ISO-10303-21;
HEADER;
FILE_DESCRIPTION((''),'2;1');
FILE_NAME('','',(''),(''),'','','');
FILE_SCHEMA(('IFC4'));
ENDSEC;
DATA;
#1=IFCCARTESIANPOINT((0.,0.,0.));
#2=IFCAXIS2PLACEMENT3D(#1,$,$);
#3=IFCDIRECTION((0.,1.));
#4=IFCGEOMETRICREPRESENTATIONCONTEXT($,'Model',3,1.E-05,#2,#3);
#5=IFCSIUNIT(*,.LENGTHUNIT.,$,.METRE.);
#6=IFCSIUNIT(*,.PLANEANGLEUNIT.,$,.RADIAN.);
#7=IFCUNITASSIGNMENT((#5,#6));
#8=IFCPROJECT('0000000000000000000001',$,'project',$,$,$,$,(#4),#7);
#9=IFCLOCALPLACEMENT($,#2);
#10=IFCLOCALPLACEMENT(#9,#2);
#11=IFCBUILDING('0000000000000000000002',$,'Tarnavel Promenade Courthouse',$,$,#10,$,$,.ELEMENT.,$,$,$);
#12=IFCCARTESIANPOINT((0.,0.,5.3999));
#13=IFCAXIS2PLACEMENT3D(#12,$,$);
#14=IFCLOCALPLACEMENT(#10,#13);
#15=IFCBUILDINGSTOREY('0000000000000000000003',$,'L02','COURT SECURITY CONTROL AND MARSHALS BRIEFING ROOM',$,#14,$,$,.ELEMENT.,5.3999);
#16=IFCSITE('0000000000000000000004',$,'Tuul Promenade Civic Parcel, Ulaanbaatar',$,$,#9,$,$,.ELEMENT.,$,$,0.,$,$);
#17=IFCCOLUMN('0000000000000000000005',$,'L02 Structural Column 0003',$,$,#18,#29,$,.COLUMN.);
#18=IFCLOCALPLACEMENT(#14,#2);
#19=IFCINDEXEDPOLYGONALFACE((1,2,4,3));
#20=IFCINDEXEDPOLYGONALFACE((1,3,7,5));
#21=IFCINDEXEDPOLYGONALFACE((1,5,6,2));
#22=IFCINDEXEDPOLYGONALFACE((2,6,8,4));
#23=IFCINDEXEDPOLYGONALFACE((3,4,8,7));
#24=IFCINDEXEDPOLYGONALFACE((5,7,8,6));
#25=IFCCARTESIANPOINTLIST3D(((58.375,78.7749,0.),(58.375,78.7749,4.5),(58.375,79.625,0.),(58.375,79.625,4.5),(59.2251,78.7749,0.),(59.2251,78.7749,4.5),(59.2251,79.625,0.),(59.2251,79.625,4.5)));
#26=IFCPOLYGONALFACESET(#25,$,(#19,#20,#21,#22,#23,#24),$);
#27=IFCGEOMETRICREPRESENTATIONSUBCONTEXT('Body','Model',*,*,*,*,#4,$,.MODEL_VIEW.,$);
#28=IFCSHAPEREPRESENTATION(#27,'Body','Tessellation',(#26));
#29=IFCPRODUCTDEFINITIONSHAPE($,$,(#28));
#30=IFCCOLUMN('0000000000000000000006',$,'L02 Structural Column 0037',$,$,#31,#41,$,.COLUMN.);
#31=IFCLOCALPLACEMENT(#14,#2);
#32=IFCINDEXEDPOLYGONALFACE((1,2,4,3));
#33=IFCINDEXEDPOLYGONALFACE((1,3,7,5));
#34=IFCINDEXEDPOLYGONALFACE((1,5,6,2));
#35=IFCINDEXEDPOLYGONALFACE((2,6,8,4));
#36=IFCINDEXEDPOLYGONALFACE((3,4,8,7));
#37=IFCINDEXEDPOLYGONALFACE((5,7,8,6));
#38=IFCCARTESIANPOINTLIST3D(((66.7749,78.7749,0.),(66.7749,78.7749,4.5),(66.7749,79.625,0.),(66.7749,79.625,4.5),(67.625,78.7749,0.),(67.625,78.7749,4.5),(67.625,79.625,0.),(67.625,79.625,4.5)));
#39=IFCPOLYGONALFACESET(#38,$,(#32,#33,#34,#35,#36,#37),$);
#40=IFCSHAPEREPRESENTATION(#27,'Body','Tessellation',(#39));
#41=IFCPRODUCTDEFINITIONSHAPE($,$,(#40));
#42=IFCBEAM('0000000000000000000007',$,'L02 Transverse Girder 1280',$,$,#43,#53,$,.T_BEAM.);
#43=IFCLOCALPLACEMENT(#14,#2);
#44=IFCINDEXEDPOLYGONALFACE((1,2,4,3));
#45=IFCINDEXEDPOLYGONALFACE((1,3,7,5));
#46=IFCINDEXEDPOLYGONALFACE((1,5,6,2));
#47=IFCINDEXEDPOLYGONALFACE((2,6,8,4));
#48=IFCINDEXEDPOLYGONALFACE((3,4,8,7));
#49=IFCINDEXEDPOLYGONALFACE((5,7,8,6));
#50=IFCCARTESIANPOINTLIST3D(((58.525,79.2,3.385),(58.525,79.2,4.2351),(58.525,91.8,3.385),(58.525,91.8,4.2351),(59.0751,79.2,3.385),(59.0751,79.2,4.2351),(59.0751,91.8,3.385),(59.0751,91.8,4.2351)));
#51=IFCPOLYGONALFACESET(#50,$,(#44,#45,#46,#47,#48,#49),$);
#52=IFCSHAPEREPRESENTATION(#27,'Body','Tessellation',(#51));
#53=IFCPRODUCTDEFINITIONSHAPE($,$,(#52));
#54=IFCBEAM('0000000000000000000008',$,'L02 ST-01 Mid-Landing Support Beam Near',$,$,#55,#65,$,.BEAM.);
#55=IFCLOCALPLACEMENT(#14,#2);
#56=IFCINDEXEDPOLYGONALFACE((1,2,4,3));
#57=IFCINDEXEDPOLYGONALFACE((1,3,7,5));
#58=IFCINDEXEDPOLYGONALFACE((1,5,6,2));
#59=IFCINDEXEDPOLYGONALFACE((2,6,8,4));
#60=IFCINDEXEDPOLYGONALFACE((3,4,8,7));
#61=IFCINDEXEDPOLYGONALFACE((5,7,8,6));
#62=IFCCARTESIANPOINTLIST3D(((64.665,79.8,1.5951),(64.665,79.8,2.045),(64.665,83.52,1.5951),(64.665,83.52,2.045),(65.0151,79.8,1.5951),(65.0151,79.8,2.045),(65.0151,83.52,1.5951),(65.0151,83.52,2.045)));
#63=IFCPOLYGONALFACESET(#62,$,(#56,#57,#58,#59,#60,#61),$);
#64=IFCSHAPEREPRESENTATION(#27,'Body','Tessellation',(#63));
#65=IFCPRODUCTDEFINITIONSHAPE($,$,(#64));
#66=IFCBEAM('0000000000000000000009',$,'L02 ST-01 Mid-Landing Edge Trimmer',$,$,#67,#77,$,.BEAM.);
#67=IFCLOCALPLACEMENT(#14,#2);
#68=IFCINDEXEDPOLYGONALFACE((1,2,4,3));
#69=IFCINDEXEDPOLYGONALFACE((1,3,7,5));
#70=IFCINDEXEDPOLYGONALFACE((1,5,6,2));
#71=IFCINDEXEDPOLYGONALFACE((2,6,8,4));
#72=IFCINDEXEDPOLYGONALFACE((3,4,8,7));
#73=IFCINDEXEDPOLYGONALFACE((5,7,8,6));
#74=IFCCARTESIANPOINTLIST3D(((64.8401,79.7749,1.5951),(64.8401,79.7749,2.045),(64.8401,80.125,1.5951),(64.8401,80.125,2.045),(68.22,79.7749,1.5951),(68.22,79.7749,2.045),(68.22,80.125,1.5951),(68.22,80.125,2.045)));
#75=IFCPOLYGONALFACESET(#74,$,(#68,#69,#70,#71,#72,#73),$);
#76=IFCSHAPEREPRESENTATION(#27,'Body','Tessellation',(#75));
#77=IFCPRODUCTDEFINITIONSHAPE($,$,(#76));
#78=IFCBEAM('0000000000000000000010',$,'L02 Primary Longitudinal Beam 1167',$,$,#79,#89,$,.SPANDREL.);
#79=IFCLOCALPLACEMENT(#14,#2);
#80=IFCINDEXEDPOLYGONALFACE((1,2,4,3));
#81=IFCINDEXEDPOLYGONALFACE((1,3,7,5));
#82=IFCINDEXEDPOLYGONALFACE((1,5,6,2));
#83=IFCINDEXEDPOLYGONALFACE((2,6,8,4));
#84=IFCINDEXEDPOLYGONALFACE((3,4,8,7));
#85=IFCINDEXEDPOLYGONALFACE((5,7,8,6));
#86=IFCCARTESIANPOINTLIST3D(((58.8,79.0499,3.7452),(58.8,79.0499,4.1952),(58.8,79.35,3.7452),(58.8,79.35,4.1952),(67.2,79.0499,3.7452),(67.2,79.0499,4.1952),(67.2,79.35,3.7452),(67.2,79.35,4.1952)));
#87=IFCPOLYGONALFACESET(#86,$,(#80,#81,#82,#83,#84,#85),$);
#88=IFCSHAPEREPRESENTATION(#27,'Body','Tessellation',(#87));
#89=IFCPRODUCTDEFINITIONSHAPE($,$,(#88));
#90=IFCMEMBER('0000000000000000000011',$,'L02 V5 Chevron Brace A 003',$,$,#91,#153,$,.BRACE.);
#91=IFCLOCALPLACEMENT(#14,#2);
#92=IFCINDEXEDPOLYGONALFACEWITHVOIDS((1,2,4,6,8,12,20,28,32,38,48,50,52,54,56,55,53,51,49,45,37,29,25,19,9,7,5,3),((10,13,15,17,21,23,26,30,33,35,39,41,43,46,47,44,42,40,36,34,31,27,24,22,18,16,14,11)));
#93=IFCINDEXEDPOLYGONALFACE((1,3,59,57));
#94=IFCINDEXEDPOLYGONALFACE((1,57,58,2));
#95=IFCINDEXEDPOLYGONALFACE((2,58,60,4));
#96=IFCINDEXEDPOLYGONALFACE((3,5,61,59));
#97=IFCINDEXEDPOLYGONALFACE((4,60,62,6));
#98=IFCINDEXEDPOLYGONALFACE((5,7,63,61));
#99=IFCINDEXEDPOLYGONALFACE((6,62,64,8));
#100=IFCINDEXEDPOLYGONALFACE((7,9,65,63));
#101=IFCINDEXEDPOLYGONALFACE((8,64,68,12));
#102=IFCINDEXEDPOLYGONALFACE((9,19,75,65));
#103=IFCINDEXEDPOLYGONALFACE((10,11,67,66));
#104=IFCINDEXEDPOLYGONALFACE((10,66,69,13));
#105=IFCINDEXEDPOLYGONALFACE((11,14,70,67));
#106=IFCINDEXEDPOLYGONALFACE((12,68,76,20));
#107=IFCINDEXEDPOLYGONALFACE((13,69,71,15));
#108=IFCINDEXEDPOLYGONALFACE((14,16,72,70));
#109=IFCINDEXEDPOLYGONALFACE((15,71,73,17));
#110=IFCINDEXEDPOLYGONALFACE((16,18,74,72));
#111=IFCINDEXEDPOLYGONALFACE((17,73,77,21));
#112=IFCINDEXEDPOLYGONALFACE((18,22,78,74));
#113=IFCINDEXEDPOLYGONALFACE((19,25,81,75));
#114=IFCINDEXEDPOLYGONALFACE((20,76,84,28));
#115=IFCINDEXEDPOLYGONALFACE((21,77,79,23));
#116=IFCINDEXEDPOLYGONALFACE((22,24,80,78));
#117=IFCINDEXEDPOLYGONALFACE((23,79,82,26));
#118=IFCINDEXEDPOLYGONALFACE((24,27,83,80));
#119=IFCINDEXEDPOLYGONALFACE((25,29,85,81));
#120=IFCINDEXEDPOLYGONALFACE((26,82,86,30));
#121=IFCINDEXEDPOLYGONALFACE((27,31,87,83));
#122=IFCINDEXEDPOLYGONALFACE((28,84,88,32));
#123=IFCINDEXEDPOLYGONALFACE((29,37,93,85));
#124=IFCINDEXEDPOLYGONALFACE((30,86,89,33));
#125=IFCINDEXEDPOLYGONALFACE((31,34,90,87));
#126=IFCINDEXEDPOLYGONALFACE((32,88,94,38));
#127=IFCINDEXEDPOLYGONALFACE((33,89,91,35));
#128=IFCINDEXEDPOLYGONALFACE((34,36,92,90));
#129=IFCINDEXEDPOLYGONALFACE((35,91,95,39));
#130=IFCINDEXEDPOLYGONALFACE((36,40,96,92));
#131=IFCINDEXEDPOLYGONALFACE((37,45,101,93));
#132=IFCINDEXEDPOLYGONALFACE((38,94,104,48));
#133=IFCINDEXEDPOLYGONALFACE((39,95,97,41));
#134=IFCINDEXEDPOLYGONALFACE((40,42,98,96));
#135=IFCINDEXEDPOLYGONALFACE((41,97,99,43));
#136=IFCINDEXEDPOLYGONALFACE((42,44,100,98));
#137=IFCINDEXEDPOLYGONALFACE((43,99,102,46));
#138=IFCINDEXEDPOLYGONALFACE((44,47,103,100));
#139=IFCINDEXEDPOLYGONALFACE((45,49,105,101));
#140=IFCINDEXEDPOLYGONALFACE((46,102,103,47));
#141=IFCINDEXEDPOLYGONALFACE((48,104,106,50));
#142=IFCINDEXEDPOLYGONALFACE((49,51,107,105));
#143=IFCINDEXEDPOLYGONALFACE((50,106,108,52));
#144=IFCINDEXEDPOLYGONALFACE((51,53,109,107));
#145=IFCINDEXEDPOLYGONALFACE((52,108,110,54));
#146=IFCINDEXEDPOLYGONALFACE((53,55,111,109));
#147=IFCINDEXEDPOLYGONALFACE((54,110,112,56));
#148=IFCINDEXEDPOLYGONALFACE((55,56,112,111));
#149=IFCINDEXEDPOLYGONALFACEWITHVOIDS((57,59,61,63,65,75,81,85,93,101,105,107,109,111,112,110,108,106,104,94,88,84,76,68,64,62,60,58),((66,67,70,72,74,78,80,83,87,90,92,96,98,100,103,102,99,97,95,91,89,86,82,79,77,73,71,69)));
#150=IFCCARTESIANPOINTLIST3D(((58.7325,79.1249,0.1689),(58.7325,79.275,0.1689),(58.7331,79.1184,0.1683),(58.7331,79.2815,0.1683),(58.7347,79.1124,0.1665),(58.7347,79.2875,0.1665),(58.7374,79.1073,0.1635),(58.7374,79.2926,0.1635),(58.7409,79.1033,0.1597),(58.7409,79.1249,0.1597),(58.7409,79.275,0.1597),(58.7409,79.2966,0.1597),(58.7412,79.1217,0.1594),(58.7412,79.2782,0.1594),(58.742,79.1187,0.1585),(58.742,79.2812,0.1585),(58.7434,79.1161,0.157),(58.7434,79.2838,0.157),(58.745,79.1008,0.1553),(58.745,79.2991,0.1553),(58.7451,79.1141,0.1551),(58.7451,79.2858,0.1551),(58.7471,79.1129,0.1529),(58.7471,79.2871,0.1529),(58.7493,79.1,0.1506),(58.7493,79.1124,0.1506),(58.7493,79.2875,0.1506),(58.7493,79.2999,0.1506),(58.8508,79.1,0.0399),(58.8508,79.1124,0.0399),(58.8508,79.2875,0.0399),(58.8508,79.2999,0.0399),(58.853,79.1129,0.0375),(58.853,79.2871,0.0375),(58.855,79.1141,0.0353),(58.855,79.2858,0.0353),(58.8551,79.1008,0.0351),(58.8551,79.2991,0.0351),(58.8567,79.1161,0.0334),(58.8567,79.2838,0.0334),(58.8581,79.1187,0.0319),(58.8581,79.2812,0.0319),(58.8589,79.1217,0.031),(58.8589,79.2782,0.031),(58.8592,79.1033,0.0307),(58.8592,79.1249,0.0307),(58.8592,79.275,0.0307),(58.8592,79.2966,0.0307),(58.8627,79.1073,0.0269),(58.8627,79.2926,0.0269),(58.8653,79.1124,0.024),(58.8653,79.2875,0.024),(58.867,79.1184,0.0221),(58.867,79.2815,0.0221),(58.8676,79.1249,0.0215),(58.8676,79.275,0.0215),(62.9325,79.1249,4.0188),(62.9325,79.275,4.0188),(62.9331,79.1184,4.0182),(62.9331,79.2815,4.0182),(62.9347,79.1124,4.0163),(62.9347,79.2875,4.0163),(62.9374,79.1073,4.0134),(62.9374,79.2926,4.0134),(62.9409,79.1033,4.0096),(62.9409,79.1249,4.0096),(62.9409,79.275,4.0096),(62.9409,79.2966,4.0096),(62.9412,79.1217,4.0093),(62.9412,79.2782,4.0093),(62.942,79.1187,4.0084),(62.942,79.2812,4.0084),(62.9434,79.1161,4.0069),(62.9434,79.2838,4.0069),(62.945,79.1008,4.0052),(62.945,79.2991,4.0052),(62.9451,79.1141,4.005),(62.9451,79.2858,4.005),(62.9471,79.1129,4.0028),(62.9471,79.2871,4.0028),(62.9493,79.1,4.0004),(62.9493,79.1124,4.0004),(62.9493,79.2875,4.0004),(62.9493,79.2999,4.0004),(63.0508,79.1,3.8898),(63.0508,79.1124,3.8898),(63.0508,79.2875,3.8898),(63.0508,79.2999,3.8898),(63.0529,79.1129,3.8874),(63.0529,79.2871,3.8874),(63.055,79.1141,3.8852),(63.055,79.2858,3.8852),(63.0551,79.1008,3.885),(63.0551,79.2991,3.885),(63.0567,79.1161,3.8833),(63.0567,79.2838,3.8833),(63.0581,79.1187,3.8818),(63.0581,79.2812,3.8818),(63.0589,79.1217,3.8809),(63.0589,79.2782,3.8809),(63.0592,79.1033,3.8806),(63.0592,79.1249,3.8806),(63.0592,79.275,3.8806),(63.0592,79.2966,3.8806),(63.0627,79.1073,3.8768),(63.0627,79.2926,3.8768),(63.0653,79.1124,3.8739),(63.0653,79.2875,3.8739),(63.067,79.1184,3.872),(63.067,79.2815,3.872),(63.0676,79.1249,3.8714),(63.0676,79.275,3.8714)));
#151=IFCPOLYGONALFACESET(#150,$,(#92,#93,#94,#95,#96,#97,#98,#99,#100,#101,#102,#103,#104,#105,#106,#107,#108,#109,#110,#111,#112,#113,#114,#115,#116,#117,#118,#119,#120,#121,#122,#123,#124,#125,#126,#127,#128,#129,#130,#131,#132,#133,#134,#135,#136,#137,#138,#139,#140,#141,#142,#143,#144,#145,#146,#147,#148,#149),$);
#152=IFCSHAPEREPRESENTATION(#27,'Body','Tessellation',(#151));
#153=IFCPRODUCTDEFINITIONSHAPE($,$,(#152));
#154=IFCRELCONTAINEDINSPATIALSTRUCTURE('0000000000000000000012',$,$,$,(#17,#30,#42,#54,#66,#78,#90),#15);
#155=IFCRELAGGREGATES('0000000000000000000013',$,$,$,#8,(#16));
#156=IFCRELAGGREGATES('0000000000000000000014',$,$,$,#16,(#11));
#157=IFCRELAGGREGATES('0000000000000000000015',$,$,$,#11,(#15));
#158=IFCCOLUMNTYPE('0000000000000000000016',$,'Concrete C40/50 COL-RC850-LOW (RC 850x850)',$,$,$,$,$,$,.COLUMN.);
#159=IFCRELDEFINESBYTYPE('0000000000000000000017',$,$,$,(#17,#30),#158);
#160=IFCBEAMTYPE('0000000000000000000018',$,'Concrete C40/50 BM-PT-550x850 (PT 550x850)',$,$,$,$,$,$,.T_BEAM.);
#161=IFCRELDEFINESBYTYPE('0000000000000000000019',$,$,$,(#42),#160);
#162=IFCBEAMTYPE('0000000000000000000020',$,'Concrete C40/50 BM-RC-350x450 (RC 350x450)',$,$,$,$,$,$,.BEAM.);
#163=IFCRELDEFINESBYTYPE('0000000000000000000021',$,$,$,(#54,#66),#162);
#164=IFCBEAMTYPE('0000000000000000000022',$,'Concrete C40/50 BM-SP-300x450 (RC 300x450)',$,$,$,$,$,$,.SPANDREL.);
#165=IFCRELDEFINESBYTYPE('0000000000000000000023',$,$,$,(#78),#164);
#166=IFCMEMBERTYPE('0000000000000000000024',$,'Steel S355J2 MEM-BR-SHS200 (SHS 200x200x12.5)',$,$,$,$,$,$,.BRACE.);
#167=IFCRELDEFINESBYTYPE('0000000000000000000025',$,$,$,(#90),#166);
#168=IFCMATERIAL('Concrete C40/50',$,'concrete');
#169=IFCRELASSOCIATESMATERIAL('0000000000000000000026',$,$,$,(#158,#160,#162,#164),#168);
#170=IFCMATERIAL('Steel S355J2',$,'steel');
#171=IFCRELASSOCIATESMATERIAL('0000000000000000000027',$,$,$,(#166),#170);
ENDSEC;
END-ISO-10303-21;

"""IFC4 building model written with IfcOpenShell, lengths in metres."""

from ifc_helpers import new_model, si_unit, direction, frame, origin, origin_2d, place, context, subcontext, project, spatial, rectangle, hollow_rectangle, extrude, material, material_profile, profile_set, type_object, element, save


model = new_model("IFC4")

# Units and contexts
model_context = context("Model", 3, precision=1e-05, world=origin(), true_north=direction((0.0, 1.0)))
body_context = subcontext(model_context, "Body", "Model", "MODEL_VIEW")
ifc_project = project(units=[si_unit("LENGTHUNIT", "METRE"), si_unit("PLANEANGLEUNIT", "RADIAN")], contexts=[model_context])

# Site, building, storey
site_placement = place(None, origin())
site = spatial("IfcSite", under=ifc_project, at=site_placement, Name="Tuul Promenade Civic Parcel, Ulaanbaatar", CompositionType="ELEMENT", RefElevation=0.0)
building_placement = place(site_placement, origin())
building = spatial("IfcBuilding", under=site, at=building_placement, Name="Tarnavel Promenade Courthouse", CompositionType="ELEMENT")
storey_placement = place(building_placement, frame((0.0, 0.0, 5.3999)))
storey = spatial("IfcBuildingStorey", under=building, at=storey_placement, Name="L02", Description="COURT SECURITY CONTROL AND MARSHALS BRIEFING ROOM", CompositionType="ELEMENT", Elevation=5.3999)

# Columns
ifc_material_1 = material(Name="Concrete C40/50", Category="concrete")
ifc_material_profile_1 = material_profile(ifc_material_1, rectangle(XDim=0.8501, YDim=0.8501, at=origin_2d()), Name="RC 850x850")
ifc_profile_set_1 = profile_set([ifc_material_profile_1], Name="Concrete C40/50")
column_type = type_object("IfcColumnType", Name="Concrete C40/50 COL-RC850-LOW (RC 850x850)", PredefinedType="COLUMN", material=ifc_profile_set_1)
for number, where, z_axis, x_axis, name in (
    (1, (58.8, 79.2, 0.0), (0.0, 0.0, 1.0), (1.0, 0.0, 0.0), "L02 Structural Column 0003"),
    (2, (67.2, 79.2, 0.0), (0.0, 0.0, 1.0), (1.0, 0.0, 0.0), "L02 Structural Column 0037"),
):
    element("IfcColumn", number, at=place(storey_placement, frame(where, z_axis=z_axis, x_axis=x_axis)), inside=storey, type_object=column_type, Name=name, PredefinedType="COLUMN", context=body_context, shape_type="SweptSolid", body=[
        extrude(rectangle(XDim=0.8501, YDim=0.8501, at=origin_2d()), origin(), (0.0, 0.0, 1.0), 4.5),
    ])

# Beams
ifc_material_profile_2 = material_profile(ifc_material_1, rectangle(XDim=0.55, YDim=0.8501, at=origin_2d()), Name="PT 550x850")
ifc_profile_set_2 = profile_set([ifc_material_profile_2], Name="Concrete C40/50")
beam_type_1 = type_object("IfcBeamType", Name="Concrete C40/50 BM-PT-550x850 (PT 550x850)", PredefinedType="T_BEAM", material=ifc_profile_set_2)
beam_1_placement = place(storey_placement, frame((58.8, 79.2, 3.8101), z_axis=(0.0, 1.0, 0.0), x_axis=(-1.0, 0.0, 0.0)))
element("IfcBeam", 3, at=beam_1_placement, inside=storey, type_object=beam_type_1, Name="L02 Transverse Girder 1280", PredefinedType="T_BEAM", context=body_context, shape_type="SweptSolid", body=[
    extrude(rectangle(XDim=0.55, YDim=0.8501, at=origin_2d()), origin(), (0.0, 0.0, 1.0), 12.6001),
])
ifc_material_profile_3 = material_profile(ifc_material_1, rectangle(XDim=0.3501, YDim=0.45, at=origin_2d()), Name="RC 350x450")
ifc_profile_set_3 = profile_set([ifc_material_profile_3], Name="Concrete C40/50")
beam_type_2 = type_object("IfcBeamType", Name="Concrete C40/50 BM-RC-350x450 (RC 350x450)", PredefinedType="BEAM", material=ifc_profile_set_3)
beam_2_placement = place(storey_placement, frame((64.8401, 79.8, 1.8201), z_axis=(0.0, 1.0, 0.0), x_axis=(-1.0, 0.0, 0.0)))
element("IfcBeam", 4, at=beam_2_placement, inside=storey, type_object=beam_type_2, Name="L02 ST-01 Mid-Landing Support Beam Near", PredefinedType="BEAM", context=body_context, shape_type="SweptSolid", body=[
    extrude(rectangle(XDim=0.3501, YDim=0.45, at=origin_2d()), origin(), (0.0, 0.0, 1.0), 3.72),
])
beam_3_placement = place(storey_placement, frame((64.8401, 79.95, 1.8201), z_axis=(1.0, 0.0, 0.0), x_axis=(0.0, 1.0, 0.0)))
element("IfcBeam", 5, at=beam_3_placement, inside=storey, type_object=beam_type_2, Name="L02 ST-01 Mid-Landing Edge Trimmer", PredefinedType="BEAM", context=body_context, shape_type="SweptSolid", body=[
    extrude(rectangle(XDim=0.3501, YDim=0.45, at=origin_2d()), origin(), (0.0, 0.0, 1.0), 3.3799),
])
ifc_material_profile_4 = material_profile(ifc_material_1, rectangle(XDim=0.3, YDim=0.45, at=origin_2d()), Name="RC 300x450")
ifc_profile_set_4 = profile_set([ifc_material_profile_4], Name="Concrete C40/50")
beam_type_3 = type_object("IfcBeamType", Name="Concrete C40/50 BM-SP-300x450 (RC 300x450)", PredefinedType="SPANDREL", material=ifc_profile_set_4)
beam_4_placement = place(storey_placement, frame((58.8, 79.2, 3.9702), z_axis=(1.0, 0.0, 0.0), x_axis=(0.0, 1.0, 0.0)))
element("IfcBeam", 6, at=beam_4_placement, inside=storey, type_object=beam_type_3, Name="L02 Primary Longitudinal Beam 1167", PredefinedType="SPANDREL", context=body_context, shape_type="SweptSolid", body=[
    extrude(rectangle(XDim=0.3, YDim=0.45, at=origin_2d()), origin(), (0.0, 0.0, 1.0), 8.3999),
])

# Member
ifc_material_2 = material(Name="Steel S355J2", Category="steel")
ifc_material_profile_5 = material_profile(ifc_material_2, hollow_rectangle(XDim=0.2, YDim=0.2, WallThickness=0.0125, InnerFilletRadius=0.0125, OuterFilletRadius=0.0249, at=origin_2d()), Name="SHS 200x200x12.5")
ifc_profile_set_5 = profile_set([ifc_material_profile_5], Name="Steel S355J2")
member_type_1 = type_object("IfcMemberType", Name="Steel S355J2 MEM-BR-SHS200 (SHS 200x200x12.5)", PredefinedType="BRACE", material=ifc_profile_set_5)
member_1_placement = place(storey_placement, frame((58.8, 79.2, 0.0952), z_axis=(0.737163, 0.0, 0.675715), x_axis=(0.0, 1.0, 0.0)))
element("IfcMember", 7, at=member_1_placement, inside=storey, type_object=member_type_1, Name="L02 V5 Chevron Brace A 003", PredefinedType="BRACE", context=body_context, shape_type="SweptSolid", body=[
    extrude(hollow_rectangle(XDim=0.2, YDim=0.2, WallThickness=0.0125, InnerFilletRadius=0.0125, OuterFilletRadius=0.0249, at=origin_2d()), origin(), (0.0, 0.0, 1.0), 5.6975),
])

save(model, "model.ifc")
